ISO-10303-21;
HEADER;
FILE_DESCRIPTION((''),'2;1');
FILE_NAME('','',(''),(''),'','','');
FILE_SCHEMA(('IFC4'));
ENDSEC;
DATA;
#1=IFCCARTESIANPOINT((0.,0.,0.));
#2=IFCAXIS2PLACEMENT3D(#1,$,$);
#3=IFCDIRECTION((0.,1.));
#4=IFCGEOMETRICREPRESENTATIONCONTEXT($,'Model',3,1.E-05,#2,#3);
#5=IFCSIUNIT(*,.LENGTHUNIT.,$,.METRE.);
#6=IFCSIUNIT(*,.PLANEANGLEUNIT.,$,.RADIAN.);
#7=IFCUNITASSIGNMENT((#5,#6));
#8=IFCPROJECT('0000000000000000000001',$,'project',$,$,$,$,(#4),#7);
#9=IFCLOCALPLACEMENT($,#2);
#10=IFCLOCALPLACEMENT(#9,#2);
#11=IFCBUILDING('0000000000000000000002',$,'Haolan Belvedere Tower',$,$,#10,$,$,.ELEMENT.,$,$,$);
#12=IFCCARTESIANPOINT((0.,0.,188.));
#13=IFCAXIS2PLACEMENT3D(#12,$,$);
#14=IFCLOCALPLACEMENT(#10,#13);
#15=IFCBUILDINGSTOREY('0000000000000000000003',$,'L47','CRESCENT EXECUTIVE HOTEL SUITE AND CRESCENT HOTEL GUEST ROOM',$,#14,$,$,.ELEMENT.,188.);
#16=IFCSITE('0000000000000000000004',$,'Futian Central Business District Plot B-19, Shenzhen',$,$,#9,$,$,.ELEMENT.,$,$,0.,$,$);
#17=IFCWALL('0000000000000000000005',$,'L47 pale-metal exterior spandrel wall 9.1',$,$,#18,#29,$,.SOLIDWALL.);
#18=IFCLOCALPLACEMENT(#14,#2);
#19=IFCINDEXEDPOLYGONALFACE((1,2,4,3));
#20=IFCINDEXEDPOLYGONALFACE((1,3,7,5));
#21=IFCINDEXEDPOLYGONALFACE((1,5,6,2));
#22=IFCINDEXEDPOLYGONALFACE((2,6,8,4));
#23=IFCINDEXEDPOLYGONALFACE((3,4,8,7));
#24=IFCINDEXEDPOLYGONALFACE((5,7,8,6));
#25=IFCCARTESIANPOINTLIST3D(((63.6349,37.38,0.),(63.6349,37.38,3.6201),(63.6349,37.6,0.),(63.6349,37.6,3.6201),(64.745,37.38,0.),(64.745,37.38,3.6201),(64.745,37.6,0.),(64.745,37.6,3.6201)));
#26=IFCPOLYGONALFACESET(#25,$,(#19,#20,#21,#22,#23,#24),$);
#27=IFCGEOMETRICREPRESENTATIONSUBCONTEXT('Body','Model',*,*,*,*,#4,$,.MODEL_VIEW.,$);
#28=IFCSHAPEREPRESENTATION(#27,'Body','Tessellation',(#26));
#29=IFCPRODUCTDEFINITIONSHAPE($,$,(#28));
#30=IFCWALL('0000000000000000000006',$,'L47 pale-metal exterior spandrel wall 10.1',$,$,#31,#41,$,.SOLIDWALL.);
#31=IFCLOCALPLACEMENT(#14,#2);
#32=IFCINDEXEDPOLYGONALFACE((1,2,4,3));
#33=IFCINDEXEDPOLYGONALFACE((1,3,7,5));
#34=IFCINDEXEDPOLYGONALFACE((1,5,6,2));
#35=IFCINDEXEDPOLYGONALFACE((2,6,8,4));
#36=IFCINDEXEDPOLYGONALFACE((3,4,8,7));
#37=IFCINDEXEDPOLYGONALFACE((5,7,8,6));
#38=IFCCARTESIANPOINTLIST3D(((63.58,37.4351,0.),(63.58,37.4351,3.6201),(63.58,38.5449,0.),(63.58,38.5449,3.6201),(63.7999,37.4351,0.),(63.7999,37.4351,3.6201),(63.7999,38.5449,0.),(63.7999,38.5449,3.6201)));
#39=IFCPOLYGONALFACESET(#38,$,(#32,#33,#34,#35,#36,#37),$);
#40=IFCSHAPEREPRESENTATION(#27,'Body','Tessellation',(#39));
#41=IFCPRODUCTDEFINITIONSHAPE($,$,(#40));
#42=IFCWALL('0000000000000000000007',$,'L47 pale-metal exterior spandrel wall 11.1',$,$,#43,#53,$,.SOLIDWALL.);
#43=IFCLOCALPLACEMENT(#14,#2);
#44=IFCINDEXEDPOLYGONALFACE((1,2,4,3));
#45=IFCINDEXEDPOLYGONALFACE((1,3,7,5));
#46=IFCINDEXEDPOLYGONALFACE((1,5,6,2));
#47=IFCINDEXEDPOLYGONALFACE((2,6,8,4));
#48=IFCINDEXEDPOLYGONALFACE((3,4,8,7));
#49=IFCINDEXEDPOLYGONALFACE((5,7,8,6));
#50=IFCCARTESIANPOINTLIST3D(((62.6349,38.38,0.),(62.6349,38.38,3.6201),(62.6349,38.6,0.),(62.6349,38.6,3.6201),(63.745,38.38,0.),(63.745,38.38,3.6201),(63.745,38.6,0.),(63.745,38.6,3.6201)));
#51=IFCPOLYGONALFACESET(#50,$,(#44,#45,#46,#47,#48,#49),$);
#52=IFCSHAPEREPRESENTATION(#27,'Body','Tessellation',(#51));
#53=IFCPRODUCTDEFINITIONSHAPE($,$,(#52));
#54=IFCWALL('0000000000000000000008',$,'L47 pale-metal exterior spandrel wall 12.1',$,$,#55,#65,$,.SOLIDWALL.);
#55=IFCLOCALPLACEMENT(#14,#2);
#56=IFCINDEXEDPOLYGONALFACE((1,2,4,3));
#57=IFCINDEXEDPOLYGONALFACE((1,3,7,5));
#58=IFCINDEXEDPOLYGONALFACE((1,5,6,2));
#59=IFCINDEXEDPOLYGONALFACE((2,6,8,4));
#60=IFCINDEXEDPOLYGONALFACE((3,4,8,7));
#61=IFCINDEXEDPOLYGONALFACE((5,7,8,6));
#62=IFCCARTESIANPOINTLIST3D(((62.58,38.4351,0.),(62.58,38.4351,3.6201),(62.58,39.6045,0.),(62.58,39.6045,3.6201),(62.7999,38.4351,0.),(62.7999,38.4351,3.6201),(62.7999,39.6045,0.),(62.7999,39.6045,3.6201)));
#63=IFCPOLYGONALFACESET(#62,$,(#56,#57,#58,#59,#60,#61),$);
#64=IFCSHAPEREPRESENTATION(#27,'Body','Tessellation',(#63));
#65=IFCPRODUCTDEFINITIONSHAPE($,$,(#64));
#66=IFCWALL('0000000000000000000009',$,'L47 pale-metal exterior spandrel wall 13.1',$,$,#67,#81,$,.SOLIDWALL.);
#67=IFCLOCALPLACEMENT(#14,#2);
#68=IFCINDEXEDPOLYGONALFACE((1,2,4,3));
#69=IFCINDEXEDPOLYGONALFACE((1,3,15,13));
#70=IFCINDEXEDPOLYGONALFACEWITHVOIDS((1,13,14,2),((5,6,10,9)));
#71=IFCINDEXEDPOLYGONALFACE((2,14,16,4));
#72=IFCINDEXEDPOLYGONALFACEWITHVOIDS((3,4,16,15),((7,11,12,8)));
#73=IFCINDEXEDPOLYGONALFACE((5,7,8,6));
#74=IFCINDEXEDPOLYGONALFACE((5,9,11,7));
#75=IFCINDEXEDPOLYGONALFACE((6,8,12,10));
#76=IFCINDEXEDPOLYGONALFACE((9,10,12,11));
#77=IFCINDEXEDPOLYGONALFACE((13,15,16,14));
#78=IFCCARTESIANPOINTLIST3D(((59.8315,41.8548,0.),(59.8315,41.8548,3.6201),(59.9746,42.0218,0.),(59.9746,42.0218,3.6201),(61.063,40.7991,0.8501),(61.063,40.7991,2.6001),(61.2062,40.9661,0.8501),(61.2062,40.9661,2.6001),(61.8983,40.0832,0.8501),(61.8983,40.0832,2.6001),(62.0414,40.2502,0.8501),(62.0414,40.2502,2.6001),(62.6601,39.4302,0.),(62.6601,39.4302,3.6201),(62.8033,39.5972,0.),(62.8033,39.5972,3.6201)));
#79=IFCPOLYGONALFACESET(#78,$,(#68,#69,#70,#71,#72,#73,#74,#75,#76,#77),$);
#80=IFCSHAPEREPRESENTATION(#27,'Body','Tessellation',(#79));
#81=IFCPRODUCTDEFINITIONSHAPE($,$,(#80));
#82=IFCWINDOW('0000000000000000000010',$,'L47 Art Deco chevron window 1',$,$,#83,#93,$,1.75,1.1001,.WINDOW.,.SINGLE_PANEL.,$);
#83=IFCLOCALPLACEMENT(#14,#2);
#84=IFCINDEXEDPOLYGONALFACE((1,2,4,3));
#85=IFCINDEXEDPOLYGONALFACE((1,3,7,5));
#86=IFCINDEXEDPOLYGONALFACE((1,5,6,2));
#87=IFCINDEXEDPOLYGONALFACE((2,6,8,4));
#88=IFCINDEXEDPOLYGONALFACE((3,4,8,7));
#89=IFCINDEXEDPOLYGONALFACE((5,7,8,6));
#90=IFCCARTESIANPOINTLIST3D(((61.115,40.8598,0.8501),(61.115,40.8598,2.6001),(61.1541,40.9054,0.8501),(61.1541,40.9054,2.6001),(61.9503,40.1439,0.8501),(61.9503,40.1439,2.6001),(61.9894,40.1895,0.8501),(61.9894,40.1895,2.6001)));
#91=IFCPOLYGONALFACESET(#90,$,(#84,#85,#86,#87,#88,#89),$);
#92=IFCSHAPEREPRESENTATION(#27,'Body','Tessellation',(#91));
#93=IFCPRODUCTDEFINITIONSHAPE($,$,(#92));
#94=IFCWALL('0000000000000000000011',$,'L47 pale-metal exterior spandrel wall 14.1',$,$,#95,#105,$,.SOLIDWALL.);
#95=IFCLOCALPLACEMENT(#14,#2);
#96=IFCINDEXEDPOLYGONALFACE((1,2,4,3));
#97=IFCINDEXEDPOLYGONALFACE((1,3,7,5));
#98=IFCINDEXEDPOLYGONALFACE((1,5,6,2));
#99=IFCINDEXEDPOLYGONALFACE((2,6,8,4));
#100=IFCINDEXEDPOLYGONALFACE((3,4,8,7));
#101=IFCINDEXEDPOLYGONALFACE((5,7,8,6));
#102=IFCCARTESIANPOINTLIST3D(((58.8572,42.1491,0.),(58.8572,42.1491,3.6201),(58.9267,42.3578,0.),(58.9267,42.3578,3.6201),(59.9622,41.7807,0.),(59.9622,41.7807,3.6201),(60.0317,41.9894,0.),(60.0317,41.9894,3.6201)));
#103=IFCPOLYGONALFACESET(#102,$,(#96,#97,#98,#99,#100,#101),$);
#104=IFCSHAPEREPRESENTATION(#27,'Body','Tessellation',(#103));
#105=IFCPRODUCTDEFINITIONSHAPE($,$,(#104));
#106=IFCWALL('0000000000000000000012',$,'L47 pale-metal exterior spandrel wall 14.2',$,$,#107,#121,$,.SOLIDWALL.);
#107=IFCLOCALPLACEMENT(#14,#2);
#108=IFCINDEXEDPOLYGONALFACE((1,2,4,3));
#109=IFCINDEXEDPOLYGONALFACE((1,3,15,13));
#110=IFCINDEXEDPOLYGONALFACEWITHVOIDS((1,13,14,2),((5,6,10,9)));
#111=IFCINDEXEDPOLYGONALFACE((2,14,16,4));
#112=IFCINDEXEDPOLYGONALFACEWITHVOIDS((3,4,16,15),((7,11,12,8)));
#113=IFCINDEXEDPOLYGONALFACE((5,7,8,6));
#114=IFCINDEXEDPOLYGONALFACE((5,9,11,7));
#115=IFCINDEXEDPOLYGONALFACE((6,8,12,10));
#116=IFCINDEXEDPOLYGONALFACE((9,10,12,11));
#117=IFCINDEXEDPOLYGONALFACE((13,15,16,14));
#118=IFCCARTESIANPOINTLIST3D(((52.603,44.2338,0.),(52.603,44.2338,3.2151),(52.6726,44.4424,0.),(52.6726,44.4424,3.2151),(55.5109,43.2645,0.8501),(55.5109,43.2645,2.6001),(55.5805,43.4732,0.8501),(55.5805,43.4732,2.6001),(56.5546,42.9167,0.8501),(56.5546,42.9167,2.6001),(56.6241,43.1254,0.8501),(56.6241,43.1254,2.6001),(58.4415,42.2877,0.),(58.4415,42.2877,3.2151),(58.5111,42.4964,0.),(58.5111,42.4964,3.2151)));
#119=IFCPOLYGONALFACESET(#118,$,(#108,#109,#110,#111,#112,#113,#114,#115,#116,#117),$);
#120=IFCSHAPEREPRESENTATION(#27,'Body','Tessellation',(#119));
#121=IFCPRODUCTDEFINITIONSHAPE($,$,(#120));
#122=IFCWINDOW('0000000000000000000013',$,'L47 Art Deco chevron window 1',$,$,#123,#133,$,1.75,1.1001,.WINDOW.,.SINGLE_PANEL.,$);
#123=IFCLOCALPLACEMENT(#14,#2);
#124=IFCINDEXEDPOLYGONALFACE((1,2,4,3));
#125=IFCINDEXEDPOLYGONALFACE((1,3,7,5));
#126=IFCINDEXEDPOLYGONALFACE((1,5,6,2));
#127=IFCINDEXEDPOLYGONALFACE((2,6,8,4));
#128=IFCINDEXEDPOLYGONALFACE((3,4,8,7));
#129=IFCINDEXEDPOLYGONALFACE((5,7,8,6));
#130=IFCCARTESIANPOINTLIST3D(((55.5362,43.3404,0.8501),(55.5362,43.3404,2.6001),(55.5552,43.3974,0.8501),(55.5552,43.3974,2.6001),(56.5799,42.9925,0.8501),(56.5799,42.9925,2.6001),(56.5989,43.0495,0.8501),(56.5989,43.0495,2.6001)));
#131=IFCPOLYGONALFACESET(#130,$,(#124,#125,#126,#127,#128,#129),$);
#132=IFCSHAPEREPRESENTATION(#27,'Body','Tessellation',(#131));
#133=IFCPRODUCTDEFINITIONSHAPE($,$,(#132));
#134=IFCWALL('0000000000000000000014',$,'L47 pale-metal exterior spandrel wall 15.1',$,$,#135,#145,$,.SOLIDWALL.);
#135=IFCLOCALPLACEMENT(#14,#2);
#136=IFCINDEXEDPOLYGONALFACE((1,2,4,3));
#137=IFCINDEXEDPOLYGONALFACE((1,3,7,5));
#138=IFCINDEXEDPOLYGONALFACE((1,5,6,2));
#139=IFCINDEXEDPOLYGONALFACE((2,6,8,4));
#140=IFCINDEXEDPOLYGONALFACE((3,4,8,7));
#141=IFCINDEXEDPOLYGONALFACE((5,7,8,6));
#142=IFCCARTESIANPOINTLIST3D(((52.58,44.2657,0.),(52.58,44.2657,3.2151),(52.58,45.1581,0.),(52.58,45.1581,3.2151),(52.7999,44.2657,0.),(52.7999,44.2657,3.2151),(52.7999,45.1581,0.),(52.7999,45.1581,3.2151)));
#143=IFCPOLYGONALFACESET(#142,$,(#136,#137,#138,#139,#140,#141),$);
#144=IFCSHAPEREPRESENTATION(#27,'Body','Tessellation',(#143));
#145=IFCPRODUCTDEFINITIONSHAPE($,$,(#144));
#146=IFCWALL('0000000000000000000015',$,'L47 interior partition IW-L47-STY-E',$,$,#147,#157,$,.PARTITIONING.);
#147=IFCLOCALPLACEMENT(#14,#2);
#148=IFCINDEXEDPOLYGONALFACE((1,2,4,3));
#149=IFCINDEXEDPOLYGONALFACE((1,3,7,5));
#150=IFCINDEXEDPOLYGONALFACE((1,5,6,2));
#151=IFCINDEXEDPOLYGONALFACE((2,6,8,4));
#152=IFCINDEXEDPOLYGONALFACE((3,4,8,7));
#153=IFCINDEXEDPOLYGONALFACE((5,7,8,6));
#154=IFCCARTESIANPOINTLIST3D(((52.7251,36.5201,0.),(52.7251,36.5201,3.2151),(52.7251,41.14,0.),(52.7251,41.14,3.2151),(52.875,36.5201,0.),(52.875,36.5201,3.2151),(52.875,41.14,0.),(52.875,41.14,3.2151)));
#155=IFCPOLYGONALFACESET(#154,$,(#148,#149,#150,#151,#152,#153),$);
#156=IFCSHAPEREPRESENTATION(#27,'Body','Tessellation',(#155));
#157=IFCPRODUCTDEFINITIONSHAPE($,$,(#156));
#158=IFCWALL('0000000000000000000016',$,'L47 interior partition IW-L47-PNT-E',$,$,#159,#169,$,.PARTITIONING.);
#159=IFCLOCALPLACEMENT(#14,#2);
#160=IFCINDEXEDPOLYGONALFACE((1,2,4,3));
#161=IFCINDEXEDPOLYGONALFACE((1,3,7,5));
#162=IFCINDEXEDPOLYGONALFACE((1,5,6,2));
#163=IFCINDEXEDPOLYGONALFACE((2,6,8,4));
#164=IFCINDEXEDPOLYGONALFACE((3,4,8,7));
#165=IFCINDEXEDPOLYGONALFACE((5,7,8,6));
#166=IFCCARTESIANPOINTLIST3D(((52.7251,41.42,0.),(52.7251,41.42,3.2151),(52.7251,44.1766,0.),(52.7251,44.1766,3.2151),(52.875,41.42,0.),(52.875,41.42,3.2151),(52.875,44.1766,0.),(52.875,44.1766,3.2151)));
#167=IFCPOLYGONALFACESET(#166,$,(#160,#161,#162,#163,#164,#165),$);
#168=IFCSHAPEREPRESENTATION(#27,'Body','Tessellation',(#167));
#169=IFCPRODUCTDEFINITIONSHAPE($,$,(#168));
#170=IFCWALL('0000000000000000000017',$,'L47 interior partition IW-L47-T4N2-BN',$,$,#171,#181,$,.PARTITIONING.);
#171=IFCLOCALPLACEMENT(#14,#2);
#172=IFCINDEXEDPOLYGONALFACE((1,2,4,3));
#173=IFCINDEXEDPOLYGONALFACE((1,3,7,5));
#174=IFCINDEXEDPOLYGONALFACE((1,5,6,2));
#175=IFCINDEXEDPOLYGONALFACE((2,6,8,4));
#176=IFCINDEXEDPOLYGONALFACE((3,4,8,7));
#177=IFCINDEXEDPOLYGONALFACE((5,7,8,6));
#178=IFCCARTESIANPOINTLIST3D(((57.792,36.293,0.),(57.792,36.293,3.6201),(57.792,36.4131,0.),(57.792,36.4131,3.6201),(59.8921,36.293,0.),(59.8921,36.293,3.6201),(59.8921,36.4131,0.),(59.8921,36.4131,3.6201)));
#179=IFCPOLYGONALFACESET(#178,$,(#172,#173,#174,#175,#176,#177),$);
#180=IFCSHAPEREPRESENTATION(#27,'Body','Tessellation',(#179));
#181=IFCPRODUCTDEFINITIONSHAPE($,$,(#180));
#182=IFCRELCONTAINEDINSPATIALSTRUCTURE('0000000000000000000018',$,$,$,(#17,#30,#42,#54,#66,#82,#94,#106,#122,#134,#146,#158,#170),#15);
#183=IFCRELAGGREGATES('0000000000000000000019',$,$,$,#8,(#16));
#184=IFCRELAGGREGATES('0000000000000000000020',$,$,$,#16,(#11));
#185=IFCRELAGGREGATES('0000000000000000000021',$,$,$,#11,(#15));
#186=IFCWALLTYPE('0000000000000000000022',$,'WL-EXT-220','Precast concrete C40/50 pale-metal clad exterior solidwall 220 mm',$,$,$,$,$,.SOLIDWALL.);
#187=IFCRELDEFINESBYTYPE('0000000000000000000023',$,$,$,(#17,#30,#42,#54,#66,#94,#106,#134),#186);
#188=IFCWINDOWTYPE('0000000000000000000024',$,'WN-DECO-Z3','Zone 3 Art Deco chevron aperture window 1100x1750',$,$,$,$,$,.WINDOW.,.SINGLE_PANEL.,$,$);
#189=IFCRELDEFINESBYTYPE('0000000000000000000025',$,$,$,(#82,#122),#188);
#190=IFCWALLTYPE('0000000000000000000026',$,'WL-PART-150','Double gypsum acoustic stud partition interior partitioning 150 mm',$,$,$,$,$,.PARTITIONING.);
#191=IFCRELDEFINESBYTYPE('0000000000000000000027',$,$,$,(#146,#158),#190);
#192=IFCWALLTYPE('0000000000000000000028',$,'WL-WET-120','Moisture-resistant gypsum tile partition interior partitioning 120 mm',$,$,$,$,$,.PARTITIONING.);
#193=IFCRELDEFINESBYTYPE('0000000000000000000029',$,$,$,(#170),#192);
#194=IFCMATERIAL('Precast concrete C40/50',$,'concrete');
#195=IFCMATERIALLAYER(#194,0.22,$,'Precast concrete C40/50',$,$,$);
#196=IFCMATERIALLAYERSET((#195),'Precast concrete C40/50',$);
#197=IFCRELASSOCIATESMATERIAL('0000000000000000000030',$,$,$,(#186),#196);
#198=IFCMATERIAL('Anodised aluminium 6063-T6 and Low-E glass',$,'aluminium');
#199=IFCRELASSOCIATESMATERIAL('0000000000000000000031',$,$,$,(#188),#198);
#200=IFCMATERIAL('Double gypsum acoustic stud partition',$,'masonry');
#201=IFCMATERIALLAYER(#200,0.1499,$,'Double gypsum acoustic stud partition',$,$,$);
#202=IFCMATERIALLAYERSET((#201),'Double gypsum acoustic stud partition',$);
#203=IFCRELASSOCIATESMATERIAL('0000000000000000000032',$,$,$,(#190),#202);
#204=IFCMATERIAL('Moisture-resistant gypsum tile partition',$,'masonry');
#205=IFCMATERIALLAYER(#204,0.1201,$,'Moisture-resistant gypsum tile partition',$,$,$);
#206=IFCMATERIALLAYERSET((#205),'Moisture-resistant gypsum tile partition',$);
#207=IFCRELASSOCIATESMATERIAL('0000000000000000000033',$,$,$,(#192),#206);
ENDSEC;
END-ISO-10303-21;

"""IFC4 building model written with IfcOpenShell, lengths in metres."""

from ifc_helpers import new_model, si_unit, direction, frame, frame_2d, origin, place, context, subcontext, project, spatial, rectangle, extrude, material, layer, layer_set, type_object, element, fill, save


model = new_model("IFC4")

# Units and contexts
model_context = context("Model", 3, precision=1e-05, world=origin(), true_north=direction((0.0, 1.0)))
body_context = subcontext(model_context, "Body", "Model", "MODEL_VIEW")
ifc_project = project(units=[si_unit("LENGTHUNIT", "METRE"), si_unit("PLANEANGLEUNIT", "RADIAN")], contexts=[model_context])

# Site, building, storey
site_placement = place(None, origin())
site = spatial("IfcSite", under=ifc_project, at=site_placement, Name="Futian Central Business District Plot B-19, Shenzhen", CompositionType="ELEMENT", RefElevation=0.0)
building_placement = place(site_placement, origin())
building = spatial("IfcBuilding", under=site, at=building_placement, Name="Haolan Belvedere Tower", CompositionType="ELEMENT")
storey_placement = place(building_placement, frame((0.0, 0.0, 188.0)))
storey = spatial("IfcBuildingStorey", under=building, at=storey_placement, Name="L47", Description="CRESCENT EXECUTIVE HOTEL SUITE AND CRESCENT HOTEL GUEST ROOM", CompositionType="ELEMENT", Elevation=188.0)

# Walls
ifc_material_1 = material(Name="Precast concrete C40/50", Category="concrete")
ifc_layer_1 = layer(ifc_material_1, 0.22, Name="Precast concrete C40/50")
ifc_layer_set_1 = layer_set([ifc_layer_1], Name="Precast concrete C40/50")
wall_type_1 = type_object("IfcWallType", Name="WL-EXT-220", Description="Precast concrete C40/50 pale-metal clad exterior solidwall 220 mm", PredefinedType="SOLIDWALL", material=ifc_layer_set_1)
wall_1_placement = place(storey_placement, frame((64.7451, 37.49, 0.0), z_axis=(0.0, 0.0, 1.0), x_axis=(-1.0, 0.0, 0.0)))
element("IfcWall", 1, at=wall_1_placement, inside=storey, type_object=wall_type_1, Name="L47 pale-metal exterior spandrel wall 9.1", PredefinedType="SOLIDWALL", context=body_context, shape_type="SweptSolid", body=[
    extrude(rectangle(XDim=1.1101, YDim=0.22, at=frame_2d((0.5552, 0.0))), origin(), (0.0, 0.0, 1.0), 3.6201),
])
wall_2_placement = place(storey_placement, frame((63.6899, 37.4351, 0.0), z_axis=(0.0, 0.0, 1.0), x_axis=(0.0, 1.0, 0.0)))
element("IfcWall", 2, at=wall_2_placement, inside=storey, type_object=wall_type_1, Name="L47 pale-metal exterior spandrel wall 10.1", PredefinedType="SOLIDWALL", context=body_context, shape_type="SweptSolid", body=[
    extrude(rectangle(XDim=1.1099, YDim=0.22, at=frame_2d((0.5549, 0.0))), origin(), (0.0, 0.0, 1.0), 3.6201),
])
wall_3_placement = place(storey_placement, frame((63.7451, 38.49, 0.0), z_axis=(0.0, 0.0, 1.0), x_axis=(-1.0, 0.0, 0.0)))
element("IfcWall", 3, at=wall_3_placement, inside=storey, type_object=wall_type_1, Name="L47 pale-metal exterior spandrel wall 11.1", PredefinedType="SOLIDWALL", context=body_context, shape_type="SweptSolid", body=[
    extrude(rectangle(XDim=1.1101, YDim=0.22, at=frame_2d((0.5552, 0.0))), origin(), (0.0, 0.0, 1.0), 3.6201),
])
wall_4_placement = place(storey_placement, frame((62.6899, 38.4351, 0.0), z_axis=(0.0, 0.0, 1.0), x_axis=(0.0, 1.0, 0.0)))
element("IfcWall", 4, at=wall_4_placement, inside=storey, type_object=wall_type_1, Name="L47 pale-metal exterior spandrel wall 12.1", PredefinedType="SOLIDWALL", context=body_context, shape_type="SweptSolid", body=[
    extrude(rectangle(XDim=1.1694, YDim=0.22, at=frame_2d((0.5847, 0.0))), origin(), (0.0, 0.0, 1.0), 3.6201),
])

# Wall, opening, window
wall_5_placement = place(storey_placement, frame((62.7317, 39.5137, 0.0), z_axis=(0.0, 0.0, 1.0), x_axis=(-0.759252, 0.650797, 0.0)))
wall_5 = element("IfcWall", 5, at=wall_5_placement, inside=storey, type_object=wall_type_1, Name="L47 pale-metal exterior spandrel wall 13.1", PredefinedType="SOLIDWALL", context=body_context, shape_type="SweptSolid", body=[
    extrude(rectangle(XDim=3.7256, YDim=0.22, at=frame_2d((1.8628, 0.0))), origin(), (0.0, 0.0, 1.0), 3.6201),
])
opening_1_placement = place(wall_5_placement, frame((1.0034, 0.0, 0.8501)))
opening_1 = element("IfcOpeningElement", 6, at=opening_1_placement, cuts=wall_5, PredefinedType="OPENING", context=body_context, shape_type="SweptSolid", body=[
    extrude(rectangle(XDim=1.1001, YDim=1.75, at=frame_2d((0.55, 0.875))), frame((0.0, 0.1199, 0.0), z_axis=(0.0, -1.0, 0.0), x_axis=(1.0, 0.0, 0.0)), (0.0, 0.0, 1.0), 0.24),
])
ifc_material_2 = material(Name="Anodised aluminium 6063-T6 and Low-E glass", Category="aluminium")
window_type = type_object("IfcWindowType", Name="WN-DECO-Z3", Description="Zone 3 Art Deco chevron aperture window 1100x1750", PartitioningType="SINGLE_PANEL", PredefinedType="WINDOW", material=ifc_material_2)
window_1_placement = place(opening_1_placement, origin())
window_1 = element("IfcWindow", 7, at=window_1_placement, inside=storey, type_object=window_type, Name="L47 Art Deco chevron window 1", OverallHeight=1.75, OverallWidth=1.1001, PartitioningType="SINGLE_PANEL", PredefinedType="WINDOW", context=body_context, shape_type="SweptSolid", body=[
    extrude(rectangle(XDim=1.1001, YDim=1.75, at=frame_2d((0.55, 0.875))), frame((0.0, 0.03, 0.0), z_axis=(0.0, -1.0, 0.0), x_axis=(1.0, 0.0, 0.0)), (0.0, 0.0, 1.0), 0.0601),
])
fill(opening_1, window_1)

# Wall
wall_6_placement = place(storey_placement, frame((59.9971, 41.885, 0.0), z_axis=(0.0, 0.0, 1.0), x_axis=(-0.948662, 0.316291, 0.0)))
element("IfcWall", 8, at=wall_6_placement, inside=storey, type_object=wall_type_1, Name="L47 pale-metal exterior spandrel wall 14.1", PredefinedType="SOLIDWALL", context=body_context, shape_type="SweptSolid", body=[
    extrude(rectangle(XDim=1.1648, YDim=0.22, at=frame_2d((0.5825, 0.0))), origin(), (0.0, 0.0, 1.0), 3.6201),
])

# Wall, opening, window
wall_7_placement = place(storey_placement, frame((58.4763, 42.3921, 0.0), z_axis=(0.0, 0.0, 1.0), x_axis=(-0.948691, 0.316204, 0.0)))
wall_7 = element("IfcWall", 9, at=wall_7_placement, inside=storey, type_object=wall_type_1, Name="L47 pale-metal exterior spandrel wall 14.2", PredefinedType="SOLIDWALL", context=body_context, shape_type="SweptSolid", body=[
    extrude(rectangle(XDim=6.1543, YDim=0.22, at=frame_2d((3.0771, 0.0))), origin(), (0.0, 0.0, 1.0), 3.2151),
])
opening_2_placement = place(wall_7_placement, frame((1.989, 0.0, 0.8501)))
opening_2 = element("IfcOpeningElement", 10, at=opening_2_placement, cuts=wall_7, PredefinedType="OPENING", context=body_context, shape_type="SweptSolid", body=[
    extrude(rectangle(XDim=1.1001, YDim=1.75, at=frame_2d((0.55, 0.875))), frame((0.0, 0.1199, 0.0), z_axis=(0.0, -1.0, 0.0), x_axis=(1.0, 0.0, 0.0)), (0.0, 0.0, 1.0), 0.24),
])
window_2_placement = place(opening_2_placement, origin())
window_2 = element("IfcWindow", 11, at=window_2_placement, inside=storey, type_object=window_type, Name="L47 Art Deco chevron window 1", OverallHeight=1.75, OverallWidth=1.1001, PartitioningType="SINGLE_PANEL", PredefinedType="WINDOW", context=body_context, shape_type="SweptSolid", body=[
    extrude(rectangle(XDim=1.1001, YDim=1.75, at=frame_2d((0.55, 0.875))), frame((0.0, 0.03, 0.0), z_axis=(0.0, -1.0, 0.0), x_axis=(1.0, 0.0, 0.0)), (0.0, 0.0, 1.0), 0.0601),
])
fill(opening_2, window_2)

# Walls
wall_8_placement = place(storey_placement, frame((52.6899, 44.2656, 0.0), z_axis=(0.0, 0.0, 1.0), x_axis=(0.0, 1.0, 0.0)))
element("IfcWall", 12, at=wall_8_placement, inside=storey, type_object=wall_type_1, Name="L47 pale-metal exterior spandrel wall 15.1", PredefinedType="SOLIDWALL", context=body_context, shape_type="SweptSolid", body=[
    extrude(rectangle(XDim=0.8923, YDim=0.22, at=frame_2d((0.4463, 0.0))), origin(), (0.0, 0.0, 1.0), 3.2151),
])
ifc_material_3 = material(Name="Double gypsum acoustic stud partition", Category="masonry")
ifc_layer_2 = layer(ifc_material_3, 0.1499, Name="Double gypsum acoustic stud partition")
ifc_layer_set_2 = layer_set([ifc_layer_2], Name="Double gypsum acoustic stud partition")
wall_type_2 = type_object("IfcWallType", Name="WL-PART-150", Description="Double gypsum acoustic stud partition interior partitioning 150 mm", PredefinedType="PARTITIONING", material=ifc_layer_set_2)
wall_9_placement = place(storey_placement, frame((52.8, 36.52, 0.0), z_axis=(0.0, 0.0, 1.0), x_axis=(0.0, 1.0, 0.0)))
element("IfcWall", 13, at=wall_9_placement, inside=storey, type_object=wall_type_2, Name="L47 interior partition IW-L47-STY-E", PredefinedType="PARTITIONING", context=body_context, shape_type="SweptSolid", body=[
    extrude(rectangle(XDim=4.6199, YDim=0.1499, at=frame_2d((2.3101, 0.0))), origin(), (0.0, 0.0, 1.0), 3.2151),
])
wall_10_placement = place(storey_placement, frame((52.8, 41.4199, 0.0), z_axis=(0.0, 0.0, 1.0), x_axis=(0.0, 1.0, 0.0)))
element("IfcWall", 14, at=wall_10_placement, inside=storey, type_object=wall_type_2, Name="L47 interior partition IW-L47-PNT-E", PredefinedType="PARTITIONING", context=body_context, shape_type="SweptSolid", body=[
    extrude(rectangle(XDim=2.7566, YDim=0.1499, at=frame_2d((1.3784, 0.0))), origin(), (0.0, 0.0, 1.0), 3.2151),
])
ifc_material_4 = material(Name="Moisture-resistant gypsum tile partition", Category="masonry")
ifc_layer_3 = layer(ifc_material_4, 0.1201, Name="Moisture-resistant gypsum tile partition")
ifc_layer_set_3 = layer_set([ifc_layer_3], Name="Moisture-resistant gypsum tile partition")
wall_type_3 = type_object("IfcWallType", Name="WL-WET-120", Description="Moisture-resistant gypsum tile partition interior partitioning 120 mm", PredefinedType="PARTITIONING", material=ifc_layer_set_3)
wall_11_placement = place(storey_placement, frame((57.792, 36.353, 0.0), z_axis=(0.0, 0.0, 1.0), x_axis=(1.0, 0.0, 0.0)))
element("IfcWall", 15, at=wall_11_placement, inside=storey, type_object=wall_type_3, Name="L47 interior partition IW-L47-T4N2-BN", PredefinedType="PARTITIONING", context=body_context, shape_type="SweptSolid", body=[
    extrude(rectangle(XDim=2.1001, YDim=0.1201, at=frame_2d((1.05, 0.0))), origin(), (0.0, 0.0, 1.0), 3.6201),
])

save(model, "model.ifc")
